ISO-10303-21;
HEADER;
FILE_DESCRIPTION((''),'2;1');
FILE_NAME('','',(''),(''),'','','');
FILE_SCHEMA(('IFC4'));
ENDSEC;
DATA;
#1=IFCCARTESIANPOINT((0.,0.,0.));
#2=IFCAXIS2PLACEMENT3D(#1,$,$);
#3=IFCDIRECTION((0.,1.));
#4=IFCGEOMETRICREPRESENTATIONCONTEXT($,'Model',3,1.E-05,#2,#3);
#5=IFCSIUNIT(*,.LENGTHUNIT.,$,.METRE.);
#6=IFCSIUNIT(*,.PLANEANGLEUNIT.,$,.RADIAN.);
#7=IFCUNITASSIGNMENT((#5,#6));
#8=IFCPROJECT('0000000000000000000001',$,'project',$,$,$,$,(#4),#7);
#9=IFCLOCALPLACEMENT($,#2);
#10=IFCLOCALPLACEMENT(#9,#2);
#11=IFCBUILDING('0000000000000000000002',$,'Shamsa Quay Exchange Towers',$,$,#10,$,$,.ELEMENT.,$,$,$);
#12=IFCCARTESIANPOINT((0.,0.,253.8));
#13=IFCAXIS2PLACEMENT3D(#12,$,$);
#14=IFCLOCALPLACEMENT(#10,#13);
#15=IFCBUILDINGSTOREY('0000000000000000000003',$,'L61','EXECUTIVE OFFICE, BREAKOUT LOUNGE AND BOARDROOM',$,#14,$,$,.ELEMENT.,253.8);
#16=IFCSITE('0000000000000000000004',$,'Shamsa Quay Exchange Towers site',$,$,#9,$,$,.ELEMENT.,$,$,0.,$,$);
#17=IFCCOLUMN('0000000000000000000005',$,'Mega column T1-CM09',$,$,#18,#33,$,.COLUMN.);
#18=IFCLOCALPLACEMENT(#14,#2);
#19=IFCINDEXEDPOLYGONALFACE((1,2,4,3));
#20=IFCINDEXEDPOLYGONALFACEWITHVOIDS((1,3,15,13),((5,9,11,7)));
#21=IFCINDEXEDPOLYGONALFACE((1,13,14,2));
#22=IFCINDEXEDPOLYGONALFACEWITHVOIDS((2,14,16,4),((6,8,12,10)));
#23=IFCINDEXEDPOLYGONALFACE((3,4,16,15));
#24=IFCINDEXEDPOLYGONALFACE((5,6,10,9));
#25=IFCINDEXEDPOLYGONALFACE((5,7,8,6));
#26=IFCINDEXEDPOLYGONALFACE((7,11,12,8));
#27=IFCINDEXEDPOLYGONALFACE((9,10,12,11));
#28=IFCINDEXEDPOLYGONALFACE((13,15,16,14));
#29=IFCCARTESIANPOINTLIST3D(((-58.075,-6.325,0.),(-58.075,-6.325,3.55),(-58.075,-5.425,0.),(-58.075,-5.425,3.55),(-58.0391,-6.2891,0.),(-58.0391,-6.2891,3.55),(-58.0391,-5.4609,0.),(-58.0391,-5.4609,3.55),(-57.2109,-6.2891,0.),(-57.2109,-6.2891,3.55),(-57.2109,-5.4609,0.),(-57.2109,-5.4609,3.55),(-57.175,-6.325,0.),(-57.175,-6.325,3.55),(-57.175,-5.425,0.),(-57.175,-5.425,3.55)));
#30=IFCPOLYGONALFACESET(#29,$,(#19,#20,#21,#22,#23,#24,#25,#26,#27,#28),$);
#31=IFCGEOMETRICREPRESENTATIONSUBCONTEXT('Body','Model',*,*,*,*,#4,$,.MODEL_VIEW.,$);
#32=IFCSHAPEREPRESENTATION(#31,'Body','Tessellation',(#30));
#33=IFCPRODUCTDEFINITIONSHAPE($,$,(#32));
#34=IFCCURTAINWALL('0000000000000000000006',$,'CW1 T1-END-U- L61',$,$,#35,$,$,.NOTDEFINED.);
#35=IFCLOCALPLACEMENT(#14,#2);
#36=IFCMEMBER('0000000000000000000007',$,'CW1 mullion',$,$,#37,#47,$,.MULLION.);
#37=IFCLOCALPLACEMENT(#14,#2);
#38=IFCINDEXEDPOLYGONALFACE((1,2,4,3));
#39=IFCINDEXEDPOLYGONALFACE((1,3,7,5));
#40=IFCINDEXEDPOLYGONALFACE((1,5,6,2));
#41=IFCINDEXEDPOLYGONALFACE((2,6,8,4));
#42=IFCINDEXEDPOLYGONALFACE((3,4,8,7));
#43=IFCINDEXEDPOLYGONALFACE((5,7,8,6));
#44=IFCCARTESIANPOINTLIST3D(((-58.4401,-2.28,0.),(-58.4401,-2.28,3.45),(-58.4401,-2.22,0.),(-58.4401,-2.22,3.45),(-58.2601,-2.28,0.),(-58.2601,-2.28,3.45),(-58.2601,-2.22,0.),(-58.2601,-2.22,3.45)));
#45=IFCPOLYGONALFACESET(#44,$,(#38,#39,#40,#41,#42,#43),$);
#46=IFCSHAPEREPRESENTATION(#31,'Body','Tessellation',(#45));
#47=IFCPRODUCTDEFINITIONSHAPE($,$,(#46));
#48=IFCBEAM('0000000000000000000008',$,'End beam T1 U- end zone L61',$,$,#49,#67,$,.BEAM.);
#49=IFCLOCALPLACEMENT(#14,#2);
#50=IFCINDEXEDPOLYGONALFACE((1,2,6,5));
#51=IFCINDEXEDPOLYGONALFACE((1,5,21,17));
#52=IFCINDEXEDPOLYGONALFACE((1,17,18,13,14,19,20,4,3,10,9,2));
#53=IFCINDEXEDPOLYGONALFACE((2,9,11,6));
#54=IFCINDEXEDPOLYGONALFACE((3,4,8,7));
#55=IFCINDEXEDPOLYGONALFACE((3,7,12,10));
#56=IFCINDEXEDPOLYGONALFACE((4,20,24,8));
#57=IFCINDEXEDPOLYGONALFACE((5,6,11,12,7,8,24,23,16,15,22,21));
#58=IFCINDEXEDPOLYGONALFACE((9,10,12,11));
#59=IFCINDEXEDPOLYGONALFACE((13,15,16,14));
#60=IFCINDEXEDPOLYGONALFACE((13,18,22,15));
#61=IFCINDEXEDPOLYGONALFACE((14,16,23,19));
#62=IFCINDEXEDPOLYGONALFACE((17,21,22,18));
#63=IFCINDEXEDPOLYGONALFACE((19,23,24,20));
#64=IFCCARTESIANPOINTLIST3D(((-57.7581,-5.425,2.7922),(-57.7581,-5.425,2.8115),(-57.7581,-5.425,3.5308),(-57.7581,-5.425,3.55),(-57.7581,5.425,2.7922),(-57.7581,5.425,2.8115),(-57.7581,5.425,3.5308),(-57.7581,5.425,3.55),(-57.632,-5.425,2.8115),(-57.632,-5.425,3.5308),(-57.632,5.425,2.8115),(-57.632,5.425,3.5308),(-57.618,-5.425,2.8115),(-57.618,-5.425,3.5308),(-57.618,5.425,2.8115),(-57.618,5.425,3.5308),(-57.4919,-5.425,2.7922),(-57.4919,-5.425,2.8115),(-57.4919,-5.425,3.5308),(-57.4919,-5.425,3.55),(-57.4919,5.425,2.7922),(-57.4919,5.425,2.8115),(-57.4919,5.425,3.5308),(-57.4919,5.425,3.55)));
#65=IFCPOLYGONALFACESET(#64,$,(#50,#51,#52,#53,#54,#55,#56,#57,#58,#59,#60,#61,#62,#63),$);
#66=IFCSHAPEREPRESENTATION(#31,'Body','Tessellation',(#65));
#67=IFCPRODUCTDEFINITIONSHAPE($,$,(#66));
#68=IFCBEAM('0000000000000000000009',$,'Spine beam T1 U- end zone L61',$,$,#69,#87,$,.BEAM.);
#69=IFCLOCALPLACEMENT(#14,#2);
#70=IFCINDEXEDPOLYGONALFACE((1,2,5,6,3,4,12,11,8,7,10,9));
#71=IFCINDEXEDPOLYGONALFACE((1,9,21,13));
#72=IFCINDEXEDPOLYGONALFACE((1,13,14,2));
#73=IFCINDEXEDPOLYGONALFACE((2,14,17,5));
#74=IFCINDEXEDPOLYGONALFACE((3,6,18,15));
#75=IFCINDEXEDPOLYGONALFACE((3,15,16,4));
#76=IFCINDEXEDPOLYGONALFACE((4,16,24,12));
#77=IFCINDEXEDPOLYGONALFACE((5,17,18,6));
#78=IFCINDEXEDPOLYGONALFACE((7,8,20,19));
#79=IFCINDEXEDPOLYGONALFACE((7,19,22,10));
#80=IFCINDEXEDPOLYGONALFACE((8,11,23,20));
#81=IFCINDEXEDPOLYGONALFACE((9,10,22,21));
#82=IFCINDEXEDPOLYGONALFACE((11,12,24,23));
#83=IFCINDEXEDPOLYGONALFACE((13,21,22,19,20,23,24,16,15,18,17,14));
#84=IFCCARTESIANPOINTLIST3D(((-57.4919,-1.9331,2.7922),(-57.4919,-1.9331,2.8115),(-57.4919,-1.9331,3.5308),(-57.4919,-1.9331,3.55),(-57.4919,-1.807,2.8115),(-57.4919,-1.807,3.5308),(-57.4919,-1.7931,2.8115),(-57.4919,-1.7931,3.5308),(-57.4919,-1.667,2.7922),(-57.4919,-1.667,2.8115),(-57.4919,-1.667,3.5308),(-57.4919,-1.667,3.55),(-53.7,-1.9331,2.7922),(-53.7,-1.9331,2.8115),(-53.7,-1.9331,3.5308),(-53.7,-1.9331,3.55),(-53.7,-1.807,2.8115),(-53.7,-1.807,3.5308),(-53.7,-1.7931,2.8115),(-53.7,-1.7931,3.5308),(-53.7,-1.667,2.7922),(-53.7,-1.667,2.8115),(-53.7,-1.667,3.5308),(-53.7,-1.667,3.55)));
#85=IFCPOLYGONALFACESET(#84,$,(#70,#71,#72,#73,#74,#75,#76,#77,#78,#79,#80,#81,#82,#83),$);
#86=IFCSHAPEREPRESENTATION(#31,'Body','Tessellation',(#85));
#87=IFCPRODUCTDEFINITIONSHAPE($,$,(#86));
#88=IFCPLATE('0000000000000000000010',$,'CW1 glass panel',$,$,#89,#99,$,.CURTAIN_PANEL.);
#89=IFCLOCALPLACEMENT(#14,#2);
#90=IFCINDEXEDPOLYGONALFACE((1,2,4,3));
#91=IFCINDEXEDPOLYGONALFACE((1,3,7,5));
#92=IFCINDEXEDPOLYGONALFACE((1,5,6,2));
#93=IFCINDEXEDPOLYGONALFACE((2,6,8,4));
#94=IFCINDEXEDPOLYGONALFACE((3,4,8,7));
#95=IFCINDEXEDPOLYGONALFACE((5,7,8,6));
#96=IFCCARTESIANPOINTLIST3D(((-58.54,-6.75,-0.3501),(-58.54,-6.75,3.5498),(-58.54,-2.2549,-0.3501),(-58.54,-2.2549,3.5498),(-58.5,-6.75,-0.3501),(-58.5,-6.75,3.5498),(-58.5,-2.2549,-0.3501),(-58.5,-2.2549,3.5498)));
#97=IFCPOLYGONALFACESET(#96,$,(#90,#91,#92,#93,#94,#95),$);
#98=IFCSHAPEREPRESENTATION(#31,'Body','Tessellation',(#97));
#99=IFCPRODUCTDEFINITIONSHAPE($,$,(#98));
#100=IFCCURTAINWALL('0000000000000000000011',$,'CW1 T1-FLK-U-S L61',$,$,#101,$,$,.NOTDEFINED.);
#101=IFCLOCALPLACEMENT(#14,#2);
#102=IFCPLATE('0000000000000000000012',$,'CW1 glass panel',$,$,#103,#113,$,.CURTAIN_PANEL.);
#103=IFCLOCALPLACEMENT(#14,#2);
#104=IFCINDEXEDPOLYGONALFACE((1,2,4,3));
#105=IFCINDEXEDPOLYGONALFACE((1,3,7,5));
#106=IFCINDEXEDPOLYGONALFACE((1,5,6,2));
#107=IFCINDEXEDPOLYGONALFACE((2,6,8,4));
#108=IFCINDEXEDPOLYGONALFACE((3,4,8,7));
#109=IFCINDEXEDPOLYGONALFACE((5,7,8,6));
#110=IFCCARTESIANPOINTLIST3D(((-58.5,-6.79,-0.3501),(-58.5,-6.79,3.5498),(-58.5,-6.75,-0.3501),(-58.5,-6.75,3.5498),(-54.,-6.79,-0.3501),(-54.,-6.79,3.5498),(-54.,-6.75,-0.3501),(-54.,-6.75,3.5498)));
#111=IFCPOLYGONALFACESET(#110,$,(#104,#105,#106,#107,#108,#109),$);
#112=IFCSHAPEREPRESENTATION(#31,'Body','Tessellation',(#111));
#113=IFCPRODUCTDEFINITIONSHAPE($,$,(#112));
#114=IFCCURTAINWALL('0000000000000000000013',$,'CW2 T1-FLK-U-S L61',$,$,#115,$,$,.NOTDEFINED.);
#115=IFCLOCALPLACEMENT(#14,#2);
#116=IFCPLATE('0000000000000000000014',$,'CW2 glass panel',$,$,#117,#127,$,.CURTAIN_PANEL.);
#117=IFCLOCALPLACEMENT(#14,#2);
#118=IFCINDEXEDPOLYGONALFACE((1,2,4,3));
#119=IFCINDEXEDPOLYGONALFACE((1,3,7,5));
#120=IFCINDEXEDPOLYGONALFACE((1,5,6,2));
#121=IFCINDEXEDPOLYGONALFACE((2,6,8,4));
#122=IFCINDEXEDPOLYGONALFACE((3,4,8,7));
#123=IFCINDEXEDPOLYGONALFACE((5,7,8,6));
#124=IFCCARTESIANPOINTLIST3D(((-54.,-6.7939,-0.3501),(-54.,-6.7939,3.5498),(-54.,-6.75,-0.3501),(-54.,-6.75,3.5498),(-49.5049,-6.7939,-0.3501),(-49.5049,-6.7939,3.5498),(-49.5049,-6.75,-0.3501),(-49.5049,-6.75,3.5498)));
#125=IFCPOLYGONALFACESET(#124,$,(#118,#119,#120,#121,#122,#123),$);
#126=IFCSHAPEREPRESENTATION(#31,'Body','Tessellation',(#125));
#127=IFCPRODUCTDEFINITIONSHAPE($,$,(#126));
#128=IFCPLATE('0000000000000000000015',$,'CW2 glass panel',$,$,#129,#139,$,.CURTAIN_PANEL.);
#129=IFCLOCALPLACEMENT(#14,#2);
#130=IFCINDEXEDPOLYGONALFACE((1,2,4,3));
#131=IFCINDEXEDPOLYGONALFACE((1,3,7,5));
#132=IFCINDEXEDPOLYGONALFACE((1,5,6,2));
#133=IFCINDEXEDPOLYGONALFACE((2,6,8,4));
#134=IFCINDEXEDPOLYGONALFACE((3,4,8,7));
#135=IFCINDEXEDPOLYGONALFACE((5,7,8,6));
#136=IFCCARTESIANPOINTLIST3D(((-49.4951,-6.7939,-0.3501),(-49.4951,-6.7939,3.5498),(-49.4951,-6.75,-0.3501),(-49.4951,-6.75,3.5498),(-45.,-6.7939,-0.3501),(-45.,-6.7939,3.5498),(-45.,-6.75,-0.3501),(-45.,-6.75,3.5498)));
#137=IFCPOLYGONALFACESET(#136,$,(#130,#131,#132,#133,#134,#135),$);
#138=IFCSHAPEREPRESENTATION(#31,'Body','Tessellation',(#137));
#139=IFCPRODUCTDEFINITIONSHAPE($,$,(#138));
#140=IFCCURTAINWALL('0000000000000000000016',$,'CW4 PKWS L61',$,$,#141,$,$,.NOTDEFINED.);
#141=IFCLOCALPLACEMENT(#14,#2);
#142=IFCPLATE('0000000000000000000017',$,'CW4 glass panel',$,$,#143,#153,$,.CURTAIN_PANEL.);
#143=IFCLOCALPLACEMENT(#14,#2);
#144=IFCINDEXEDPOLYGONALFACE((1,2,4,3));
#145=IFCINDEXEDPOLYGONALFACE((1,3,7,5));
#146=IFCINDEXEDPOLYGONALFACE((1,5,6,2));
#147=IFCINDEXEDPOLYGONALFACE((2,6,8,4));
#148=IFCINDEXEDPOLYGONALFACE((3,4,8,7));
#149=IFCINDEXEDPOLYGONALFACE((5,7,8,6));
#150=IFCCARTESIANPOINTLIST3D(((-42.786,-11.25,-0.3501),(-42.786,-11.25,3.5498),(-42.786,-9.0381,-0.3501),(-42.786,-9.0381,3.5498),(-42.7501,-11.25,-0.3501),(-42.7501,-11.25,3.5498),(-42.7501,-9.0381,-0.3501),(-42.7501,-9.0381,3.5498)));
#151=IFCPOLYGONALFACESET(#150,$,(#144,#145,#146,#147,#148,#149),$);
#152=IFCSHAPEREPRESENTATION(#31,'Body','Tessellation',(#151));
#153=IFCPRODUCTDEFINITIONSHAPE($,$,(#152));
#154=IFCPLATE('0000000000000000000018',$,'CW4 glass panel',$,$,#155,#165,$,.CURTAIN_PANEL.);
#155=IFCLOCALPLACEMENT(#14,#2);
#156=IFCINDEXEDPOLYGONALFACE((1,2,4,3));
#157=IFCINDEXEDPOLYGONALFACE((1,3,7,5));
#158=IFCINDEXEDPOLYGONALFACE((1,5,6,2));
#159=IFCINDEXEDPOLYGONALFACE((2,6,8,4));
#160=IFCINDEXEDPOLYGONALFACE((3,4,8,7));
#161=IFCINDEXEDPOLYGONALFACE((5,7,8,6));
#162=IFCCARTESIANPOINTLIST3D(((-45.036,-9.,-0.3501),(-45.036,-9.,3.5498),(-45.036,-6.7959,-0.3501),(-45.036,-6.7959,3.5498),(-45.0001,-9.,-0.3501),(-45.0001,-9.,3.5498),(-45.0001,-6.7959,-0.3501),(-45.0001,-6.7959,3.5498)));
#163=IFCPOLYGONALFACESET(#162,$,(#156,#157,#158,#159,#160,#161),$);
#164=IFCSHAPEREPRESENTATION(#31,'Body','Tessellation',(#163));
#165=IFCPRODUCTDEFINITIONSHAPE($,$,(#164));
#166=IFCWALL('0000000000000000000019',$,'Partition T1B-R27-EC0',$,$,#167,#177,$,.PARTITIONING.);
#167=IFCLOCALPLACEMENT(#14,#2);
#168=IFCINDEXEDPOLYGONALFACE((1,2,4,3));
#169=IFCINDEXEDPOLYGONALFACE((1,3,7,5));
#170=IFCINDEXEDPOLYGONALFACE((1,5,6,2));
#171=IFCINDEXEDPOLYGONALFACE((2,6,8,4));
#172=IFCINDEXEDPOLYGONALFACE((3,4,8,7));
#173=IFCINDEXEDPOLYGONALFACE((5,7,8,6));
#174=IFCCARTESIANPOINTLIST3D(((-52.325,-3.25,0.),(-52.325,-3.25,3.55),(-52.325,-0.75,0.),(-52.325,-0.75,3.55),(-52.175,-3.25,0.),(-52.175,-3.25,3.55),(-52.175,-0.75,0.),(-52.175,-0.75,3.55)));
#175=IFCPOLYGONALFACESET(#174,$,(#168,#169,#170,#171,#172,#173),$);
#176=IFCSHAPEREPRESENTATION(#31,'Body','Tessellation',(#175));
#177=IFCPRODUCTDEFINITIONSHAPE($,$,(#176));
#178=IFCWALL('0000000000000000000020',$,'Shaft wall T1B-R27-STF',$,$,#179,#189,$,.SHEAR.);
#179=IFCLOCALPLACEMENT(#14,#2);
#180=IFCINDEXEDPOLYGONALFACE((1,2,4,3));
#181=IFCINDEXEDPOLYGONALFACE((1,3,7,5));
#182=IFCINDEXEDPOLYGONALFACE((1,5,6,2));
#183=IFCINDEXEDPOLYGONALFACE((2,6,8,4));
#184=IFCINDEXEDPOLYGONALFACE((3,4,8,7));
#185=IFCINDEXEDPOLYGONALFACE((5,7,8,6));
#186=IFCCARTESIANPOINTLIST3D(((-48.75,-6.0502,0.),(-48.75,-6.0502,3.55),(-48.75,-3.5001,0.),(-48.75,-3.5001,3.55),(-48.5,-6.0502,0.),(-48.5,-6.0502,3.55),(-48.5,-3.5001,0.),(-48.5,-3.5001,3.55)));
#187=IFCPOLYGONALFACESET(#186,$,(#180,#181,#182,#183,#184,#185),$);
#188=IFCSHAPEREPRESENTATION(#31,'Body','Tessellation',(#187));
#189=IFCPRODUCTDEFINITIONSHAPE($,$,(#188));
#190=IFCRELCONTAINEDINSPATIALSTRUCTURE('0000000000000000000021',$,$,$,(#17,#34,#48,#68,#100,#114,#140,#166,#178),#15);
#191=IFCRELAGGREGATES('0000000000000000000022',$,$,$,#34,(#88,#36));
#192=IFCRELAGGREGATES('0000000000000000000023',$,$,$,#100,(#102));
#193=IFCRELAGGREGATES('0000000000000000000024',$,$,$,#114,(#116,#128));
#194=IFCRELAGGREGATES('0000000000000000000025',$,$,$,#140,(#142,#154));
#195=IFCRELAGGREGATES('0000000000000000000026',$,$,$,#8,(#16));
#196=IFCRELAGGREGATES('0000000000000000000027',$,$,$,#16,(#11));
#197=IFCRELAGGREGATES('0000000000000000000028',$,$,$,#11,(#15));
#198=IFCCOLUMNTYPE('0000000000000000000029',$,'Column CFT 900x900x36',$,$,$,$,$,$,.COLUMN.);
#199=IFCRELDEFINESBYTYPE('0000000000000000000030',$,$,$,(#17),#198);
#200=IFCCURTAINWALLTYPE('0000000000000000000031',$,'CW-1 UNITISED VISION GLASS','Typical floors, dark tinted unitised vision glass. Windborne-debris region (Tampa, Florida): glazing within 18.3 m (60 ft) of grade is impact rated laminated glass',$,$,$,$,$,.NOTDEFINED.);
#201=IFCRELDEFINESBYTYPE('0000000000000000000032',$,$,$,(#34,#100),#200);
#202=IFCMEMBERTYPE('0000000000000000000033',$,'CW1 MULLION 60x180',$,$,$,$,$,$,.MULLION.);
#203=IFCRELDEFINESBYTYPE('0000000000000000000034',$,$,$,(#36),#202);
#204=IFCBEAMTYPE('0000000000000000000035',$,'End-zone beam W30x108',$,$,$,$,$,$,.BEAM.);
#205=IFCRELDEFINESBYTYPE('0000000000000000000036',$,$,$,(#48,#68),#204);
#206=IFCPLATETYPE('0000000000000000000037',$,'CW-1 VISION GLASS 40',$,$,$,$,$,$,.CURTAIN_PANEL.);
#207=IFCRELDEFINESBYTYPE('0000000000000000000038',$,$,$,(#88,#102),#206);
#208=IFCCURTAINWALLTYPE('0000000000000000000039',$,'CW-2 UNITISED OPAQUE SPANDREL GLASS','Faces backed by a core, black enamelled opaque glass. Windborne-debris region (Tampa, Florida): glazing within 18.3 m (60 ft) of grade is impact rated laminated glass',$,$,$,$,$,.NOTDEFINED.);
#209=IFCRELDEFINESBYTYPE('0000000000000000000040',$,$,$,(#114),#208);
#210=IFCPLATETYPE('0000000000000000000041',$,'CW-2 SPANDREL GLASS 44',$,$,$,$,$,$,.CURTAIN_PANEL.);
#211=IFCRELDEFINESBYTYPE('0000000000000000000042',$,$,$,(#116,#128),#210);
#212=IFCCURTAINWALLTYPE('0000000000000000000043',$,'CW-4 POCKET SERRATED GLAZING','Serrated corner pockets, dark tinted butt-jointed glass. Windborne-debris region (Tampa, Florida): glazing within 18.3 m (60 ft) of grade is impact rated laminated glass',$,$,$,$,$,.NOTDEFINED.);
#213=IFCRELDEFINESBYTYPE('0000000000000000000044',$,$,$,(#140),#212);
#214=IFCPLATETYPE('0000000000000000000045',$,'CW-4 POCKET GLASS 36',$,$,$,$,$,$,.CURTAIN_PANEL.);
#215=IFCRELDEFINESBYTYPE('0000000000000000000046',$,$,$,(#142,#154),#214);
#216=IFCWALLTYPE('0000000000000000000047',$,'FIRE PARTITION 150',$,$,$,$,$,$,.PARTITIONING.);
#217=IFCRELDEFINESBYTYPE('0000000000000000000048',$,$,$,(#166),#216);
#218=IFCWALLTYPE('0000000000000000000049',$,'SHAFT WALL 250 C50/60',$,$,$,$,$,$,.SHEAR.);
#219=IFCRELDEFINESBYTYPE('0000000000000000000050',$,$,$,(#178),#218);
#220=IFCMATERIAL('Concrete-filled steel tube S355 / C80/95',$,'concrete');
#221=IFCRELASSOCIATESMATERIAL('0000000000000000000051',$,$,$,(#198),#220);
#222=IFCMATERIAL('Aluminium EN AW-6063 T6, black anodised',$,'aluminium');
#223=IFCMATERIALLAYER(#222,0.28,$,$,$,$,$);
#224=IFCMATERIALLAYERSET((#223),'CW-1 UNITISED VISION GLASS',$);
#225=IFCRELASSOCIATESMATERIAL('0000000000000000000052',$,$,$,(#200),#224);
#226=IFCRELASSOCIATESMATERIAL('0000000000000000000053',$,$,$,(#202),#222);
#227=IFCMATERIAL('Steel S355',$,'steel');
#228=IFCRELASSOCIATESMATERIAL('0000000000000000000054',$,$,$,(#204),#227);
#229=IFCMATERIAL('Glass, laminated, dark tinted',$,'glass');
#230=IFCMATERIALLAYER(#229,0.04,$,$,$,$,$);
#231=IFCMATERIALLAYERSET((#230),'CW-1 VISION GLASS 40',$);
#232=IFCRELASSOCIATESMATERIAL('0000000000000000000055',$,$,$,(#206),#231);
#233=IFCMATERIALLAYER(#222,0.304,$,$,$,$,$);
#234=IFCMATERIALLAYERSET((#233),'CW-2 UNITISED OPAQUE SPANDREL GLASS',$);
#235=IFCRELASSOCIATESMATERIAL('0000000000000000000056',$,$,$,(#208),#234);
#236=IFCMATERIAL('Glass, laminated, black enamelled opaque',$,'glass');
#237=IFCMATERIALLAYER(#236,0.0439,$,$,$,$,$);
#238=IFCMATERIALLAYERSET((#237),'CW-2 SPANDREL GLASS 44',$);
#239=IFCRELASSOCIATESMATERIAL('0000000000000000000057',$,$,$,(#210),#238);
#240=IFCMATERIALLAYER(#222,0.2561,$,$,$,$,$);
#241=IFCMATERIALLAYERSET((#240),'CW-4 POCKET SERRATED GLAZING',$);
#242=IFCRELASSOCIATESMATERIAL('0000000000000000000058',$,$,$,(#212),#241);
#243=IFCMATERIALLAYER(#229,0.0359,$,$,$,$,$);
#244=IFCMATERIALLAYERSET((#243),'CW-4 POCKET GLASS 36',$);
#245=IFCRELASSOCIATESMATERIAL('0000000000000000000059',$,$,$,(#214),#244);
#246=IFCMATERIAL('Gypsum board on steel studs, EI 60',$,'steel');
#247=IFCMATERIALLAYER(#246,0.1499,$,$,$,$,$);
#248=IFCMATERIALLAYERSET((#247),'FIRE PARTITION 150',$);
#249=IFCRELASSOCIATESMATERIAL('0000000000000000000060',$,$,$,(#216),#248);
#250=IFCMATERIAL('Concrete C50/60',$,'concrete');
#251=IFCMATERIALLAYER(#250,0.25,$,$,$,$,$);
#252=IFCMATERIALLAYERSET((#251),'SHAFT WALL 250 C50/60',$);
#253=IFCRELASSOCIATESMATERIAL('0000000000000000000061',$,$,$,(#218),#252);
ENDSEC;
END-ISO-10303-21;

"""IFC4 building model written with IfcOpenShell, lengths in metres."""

from ifc_helpers import new_model, si_unit, direction, frame, frame_2d, origin, origin_2d, place, context, subcontext, project, spatial, rectangle, hollow_rectangle, i_section, extrude, material, layer, layer_set, material_profile, profile_set, type_object, element, aggregate, save


model = new_model("IFC4")

# Units and contexts
model_context = context("Model", 3, precision=1e-05, world=origin(), true_north=direction((0.0, 1.0)))
body_context = subcontext(model_context, "Body", "Model", "MODEL_VIEW")
ifc_project = project(units=[si_unit("LENGTHUNIT", "METRE"), si_unit("PLANEANGLEUNIT", "RADIAN")], contexts=[model_context])

# Site, building, storey
site_placement = place(None, origin())
site = spatial("IfcSite", under=ifc_project, at=site_placement, Name="Shamsa Quay Exchange Towers site", CompositionType="ELEMENT", RefElevation=0.0)
building_placement = place(site_placement, origin())
building = spatial("IfcBuilding", under=site, at=building_placement, Name="Shamsa Quay Exchange Towers", CompositionType="ELEMENT")
storey_placement = place(building_placement, frame((0.0, 0.0, 253.8)))
storey = spatial("IfcBuildingStorey", under=building, at=storey_placement, Name="L61", Description="EXECUTIVE OFFICE, BREAKOUT LOUNGE AND BOARDROOM", CompositionType="ELEMENT", Elevation=253.8)

# Column
ifc_material_1 = material(Name="Concrete-filled steel tube S355 / C80/95", Category="concrete")
ifc_material_profile_1 = material_profile(ifc_material_1, hollow_rectangle(XDim=0.8999, YDim=0.8999, WallThickness=0.0359, at=origin_2d()), Name="CFT 900x900x36")
ifc_profile_set_1 = profile_set([ifc_material_profile_1], Name="Concrete-filled steel tube S355 / C80/95")
column_type = type_object("IfcColumnType", Name="Column CFT 900x900x36", PredefinedType="COLUMN", material=ifc_profile_set_1)
column_placement = place(storey_placement, frame((-57.625, -5.875, 0.0)))
element("IfcColumn", 1, at=column_placement, inside=storey, type_object=column_type, Name="Mega column T1-CM09", PredefinedType="COLUMN", context=body_context, shape_type="SweptSolid", body=[
    extrude(hollow_rectangle(XDim=0.8999, YDim=0.8999, WallThickness=0.0359, at=origin_2d()), origin(), (0.0, 0.0, 1.0), 3.55),
])

# Curtain wall, member
ifc_material_2 = material(Name="Aluminium EN AW-6063 T6, black anodised", Category="aluminium")
ifc_layer_1 = layer(ifc_material_2, 0.28)
ifc_layer_set_1 = layer_set([ifc_layer_1], Name="CW-1 UNITISED VISION GLASS")
curtain_wall_type_1 = type_object("IfcCurtainWallType", Name="CW-1 UNITISED VISION GLASS", Description="Typical floors, dark tinted unitised vision glass. Windborne-debris region (Tampa, Florida): glazing within 18.3 m (60 ft) of grade is impact rated laminated glass", PredefinedType="NOTDEFINED", material=ifc_layer_set_1)
curtain_wall_1_placement = place(storey_placement, origin())
curtain_wall_1 = element("IfcCurtainWall", 2, at=curtain_wall_1_placement, inside=storey, type_object=curtain_wall_type_1, Name="CW1 T1-END-U- L61", PredefinedType="NOTDEFINED")
ifc_material_profile_2 = material_profile(ifc_material_2, rectangle(XDim=0.1799, YDim=0.0601, at=origin_2d()), Name="MU60x180")
ifc_profile_set_2 = profile_set([ifc_material_profile_2], Name="Aluminium EN AW-6063 T6, black anodised")
member_type = type_object("IfcMemberType", Name="CW1 MULLION 60x180", PredefinedType="MULLION", material=ifc_profile_set_2)
member_placement = place(storey_placement, frame((-58.3501, -2.25, 0.0)))
member = element("IfcMember", 3, at=member_placement, type_object=member_type, Name="CW1 mullion", PredefinedType="MULLION", context=body_context, shape_type="SweptSolid", body=[
    extrude(rectangle(XDim=0.1799, YDim=0.0601, at=origin_2d()), origin(), (0.0, 0.0, 1.0), 3.45),
])

# Beams
ifc_material_3 = material(Name="Steel S355", Category="steel")
ifc_material_profile_3 = material_profile(ifc_material_3, i_section(OverallWidth=0.2661, OverallDepth=0.7578, WebThickness=0.0139, FlangeThickness=0.0193, at=origin_2d()), Name="W30x108")
ifc_profile_set_3 = profile_set([ifc_material_profile_3], Name="Steel S355")
beam_type = type_object("IfcBeamType", Name="End-zone beam W30x108", PredefinedType="BEAM", material=ifc_profile_set_3)
beam_1_placement = place(storey_placement, frame((-57.625, -5.425, 3.1711), z_axis=(0.0, 1.0, 0.0), x_axis=(-1.0, 0.0, 0.0)))
element("IfcBeam", 4, at=beam_1_placement, inside=storey, type_object=beam_type, Name="End beam T1 U- end zone L61", PredefinedType="BEAM", context=body_context, shape_type="SweptSolid", body=[
    extrude(i_section(OverallWidth=0.2661, OverallDepth=0.7578, WebThickness=0.0139, FlangeThickness=0.0193, at=origin_2d()), origin(), (0.0, 0.0, 1.0), 10.8501),
])
beam_2_placement = place(storey_placement, frame((-53.7, -1.8, 3.1711), z_axis=(-1.0, 0.0, 0.0), x_axis=(0.0, -1.0, 0.0)))
element("IfcBeam", 5, at=beam_2_placement, inside=storey, type_object=beam_type, Name="Spine beam T1 U- end zone L61", PredefinedType="BEAM", context=body_context, shape_type="SweptSolid", body=[
    extrude(i_section(OverallWidth=0.2661, OverallDepth=0.7578, WebThickness=0.0139, FlangeThickness=0.0193, at=origin_2d()), origin(), (0.0, 0.0, 1.0), 3.792),
])

# Plate
ifc_material_4 = material(Name="Glass, laminated, dark tinted", Category="glass")
ifc_layer_2 = layer(ifc_material_4, 0.04)
ifc_layer_set_2 = layer_set([ifc_layer_2], Name="CW-1 VISION GLASS 40")
plate_type_1 = type_object("IfcPlateType", Name="CW-1 VISION GLASS 40", PredefinedType="CURTAIN_PANEL", material=ifc_layer_set_2)
plate_1_placement = place(storey_placement, frame((-58.52, -4.5024, -0.3501), z_axis=(0.0, 0.0, 1.0), x_axis=(0.0, -1.0, 0.0)))
plate_1 = element("IfcPlate", 6, at=plate_1_placement, type_object=plate_type_1, Name="CW1 glass panel", PredefinedType="CURTAIN_PANEL", context=body_context, shape_type="SweptSolid", body=[
    extrude(rectangle(XDim=4.4951, YDim=0.04, at=origin_2d()), origin(), (0.0, 0.0, 1.0), 3.8999),
])
aggregate(curtain_wall_1, [plate_1, member])

# Curtain wall, plate
curtain_wall_2_placement = place(storey_placement, origin())
curtain_wall_2 = element("IfcCurtainWall", 7, at=curtain_wall_2_placement, inside=storey, type_object=curtain_wall_type_1, Name="CW1 T1-FLK-U-S L61", PredefinedType="NOTDEFINED")
plate_2_placement = place(storey_placement, frame((-56.25, -6.77, -0.3501)))
plate_2 = element("IfcPlate", 8, at=plate_2_placement, type_object=plate_type_1, Name="CW1 glass panel", PredefinedType="CURTAIN_PANEL", context=body_context, shape_type="SweptSolid", body=[
    extrude(rectangle(XDim=4.5, YDim=0.04, at=origin_2d()), origin(), (0.0, 0.0, 1.0), 3.8999),
])
aggregate(curtain_wall_2, [plate_2])

# Curtain walls, plates
ifc_layer_3 = layer(ifc_material_2, 0.304)
ifc_layer_set_3 = layer_set([ifc_layer_3], Name="CW-2 UNITISED OPAQUE SPANDREL GLASS")
curtain_wall_type_2 = type_object("IfcCurtainWallType", Name="CW-2 UNITISED OPAQUE SPANDREL GLASS", Description="Faces backed by a core, black enamelled opaque glass. Windborne-debris region (Tampa, Florida): glazing within 18.3 m (60 ft) of grade is impact rated laminated glass", PredefinedType="NOTDEFINED", material=ifc_layer_set_3)
curtain_wall_3_placement = place(storey_placement, origin())
curtain_wall_3 = element("IfcCurtainWall", 9, at=curtain_wall_3_placement, inside=storey, type_object=curtain_wall_type_2, Name="CW2 T1-FLK-U-S L61", PredefinedType="NOTDEFINED")
ifc_material_5 = material(Name="Glass, laminated, black enamelled opaque", Category="glass")
ifc_layer_4 = layer(ifc_material_5, 0.0439)
ifc_layer_set_4 = layer_set([ifc_layer_4], Name="CW-2 SPANDREL GLASS 44")
plate_type_2 = type_object("IfcPlateType", Name="CW-2 SPANDREL GLASS 44", PredefinedType="CURTAIN_PANEL", material=ifc_layer_set_4)
plate_3_placement = place(storey_placement, frame((-51.7524, -6.772, -0.3501)))
plate_3 = element("IfcPlate", 10, at=plate_3_placement, type_object=plate_type_2, Name="CW2 glass panel", PredefinedType="CURTAIN_PANEL", context=body_context, shape_type="SweptSolid", body=[
    extrude(rectangle(XDim=4.4951, YDim=0.0439, at=origin_2d()), origin(), (0.0, 0.0, 1.0), 3.8999),
])
plate_4_placement = place(storey_placement, frame((-47.2476, -6.772, -0.3501)))
plate_4 = element("IfcPlate", 11, at=plate_4_placement, type_object=plate_type_2, Name="CW2 glass panel", PredefinedType="CURTAIN_PANEL", context=body_context, shape_type="SweptSolid", body=[
    extrude(rectangle(XDim=4.4951, YDim=0.0439, at=origin_2d()), origin(), (0.0, 0.0, 1.0), 3.8999),
])
aggregate(curtain_wall_3, [plate_3, plate_4])
ifc_layer_5 = layer(ifc_material_2, 0.2561)
ifc_layer_set_5 = layer_set([ifc_layer_5], Name="CW-4 POCKET SERRATED GLAZING")
curtain_wall_type_3 = type_object("IfcCurtainWallType", Name="CW-4 POCKET SERRATED GLAZING", Description="Serrated corner pockets, dark tinted butt-jointed glass. Windborne-debris region (Tampa, Florida): glazing within 18.3 m (60 ft) of grade is impact rated laminated glass", PredefinedType="NOTDEFINED", material=ifc_layer_set_5)
curtain_wall_4_placement = place(storey_placement, origin())
curtain_wall_4 = element("IfcCurtainWall", 12, at=curtain_wall_4_placement, inside=storey, type_object=curtain_wall_type_3, Name="CW4 PKWS L61", PredefinedType="NOTDEFINED")
ifc_layer_6 = layer(ifc_material_4, 0.0359)
ifc_layer_set_6 = layer_set([ifc_layer_6], Name="CW-4 POCKET GLASS 36")
plate_type_3 = type_object("IfcPlateType", Name="CW-4 POCKET GLASS 36", PredefinedType="CURTAIN_PANEL", material=ifc_layer_set_6)
plate_5_placement = place(storey_placement, frame((-42.7681, -10.144, -0.3501), z_axis=(0.0, 0.0, 1.0), x_axis=(0.0, -1.0, 0.0)))
plate_5 = element("IfcPlate", 13, at=plate_5_placement, type_object=plate_type_3, Name="CW4 glass panel", PredefinedType="CURTAIN_PANEL", context=body_context, shape_type="SweptSolid", body=[
    extrude(rectangle(XDim=2.2119, YDim=0.0359, at=origin_2d()), origin(), (0.0, 0.0, 1.0), 3.8999),
])
plate_6_placement = place(storey_placement, frame((-45.0181, -7.8979, -0.3501), z_axis=(0.0, 0.0, 1.0), x_axis=(0.0, -1.0, 0.0)))
plate_6 = element("IfcPlate", 14, at=plate_6_placement, type_object=plate_type_3, Name="CW4 glass panel", PredefinedType="CURTAIN_PANEL", context=body_context, shape_type="SweptSolid", body=[
    extrude(rectangle(XDim=2.2041, YDim=0.0359, at=origin_2d()), origin(), (0.0, 0.0, 1.0), 3.8999),
])
aggregate(curtain_wall_4, [plate_5, plate_6])

# Walls
ifc_material_6 = material(Name="Gypsum board on steel studs, EI 60", Category="steel")
ifc_layer_7 = layer(ifc_material_6, 0.1499)
ifc_layer_set_7 = layer_set([ifc_layer_7], Name="FIRE PARTITION 150")
wall_type_1 = type_object("IfcWallType", Name="FIRE PARTITION 150", PredefinedType="PARTITIONING", material=ifc_layer_set_7)
wall_1_placement = place(storey_placement, frame((-52.25, -3.25, 0.0), z_axis=(0.0, 0.0, 1.0), x_axis=(0.0, 1.0, 0.0)))
element("IfcWall", 15, at=wall_1_placement, inside=storey, type_object=wall_type_1, Name="Partition T1B-R27-EC0", PredefinedType="PARTITIONING", context=body_context, shape_type="SweptSolid", body=[
    extrude(rectangle(XDim=2.5, YDim=0.1499, at=frame_2d((1.25, 0.0))), origin(), (0.0, 0.0, 1.0), 3.55),
])
ifc_material_7 = material(Name="Concrete C50/60", Category="concrete")
ifc_layer_8 = layer(ifc_material_7, 0.25)
ifc_layer_set_8 = layer_set([ifc_layer_8], Name="SHAFT WALL 250 C50/60")
wall_type_2 = type_object("IfcWallType", Name="SHAFT WALL 250 C50/60", PredefinedType="SHEAR", material=ifc_layer_set_8)
wall_2_placement = place(storey_placement, frame((-48.625, -6.05, 0.0), z_axis=(0.0, 0.0, 1.0), x_axis=(0.0, 1.0, 0.0)))
element("IfcWall", 16, at=wall_2_placement, inside=storey, type_object=wall_type_2, Name="Shaft wall T1B-R27-STF", PredefinedType="SHEAR", context=body_context, shape_type="SweptSolid", body=[
    extrude(rectangle(XDim=2.55, YDim=0.25, at=frame_2d((1.2749, 0.0))), origin(), (0.0, 0.0, 1.0), 3.55),
])

save(model, "model.ifc")
